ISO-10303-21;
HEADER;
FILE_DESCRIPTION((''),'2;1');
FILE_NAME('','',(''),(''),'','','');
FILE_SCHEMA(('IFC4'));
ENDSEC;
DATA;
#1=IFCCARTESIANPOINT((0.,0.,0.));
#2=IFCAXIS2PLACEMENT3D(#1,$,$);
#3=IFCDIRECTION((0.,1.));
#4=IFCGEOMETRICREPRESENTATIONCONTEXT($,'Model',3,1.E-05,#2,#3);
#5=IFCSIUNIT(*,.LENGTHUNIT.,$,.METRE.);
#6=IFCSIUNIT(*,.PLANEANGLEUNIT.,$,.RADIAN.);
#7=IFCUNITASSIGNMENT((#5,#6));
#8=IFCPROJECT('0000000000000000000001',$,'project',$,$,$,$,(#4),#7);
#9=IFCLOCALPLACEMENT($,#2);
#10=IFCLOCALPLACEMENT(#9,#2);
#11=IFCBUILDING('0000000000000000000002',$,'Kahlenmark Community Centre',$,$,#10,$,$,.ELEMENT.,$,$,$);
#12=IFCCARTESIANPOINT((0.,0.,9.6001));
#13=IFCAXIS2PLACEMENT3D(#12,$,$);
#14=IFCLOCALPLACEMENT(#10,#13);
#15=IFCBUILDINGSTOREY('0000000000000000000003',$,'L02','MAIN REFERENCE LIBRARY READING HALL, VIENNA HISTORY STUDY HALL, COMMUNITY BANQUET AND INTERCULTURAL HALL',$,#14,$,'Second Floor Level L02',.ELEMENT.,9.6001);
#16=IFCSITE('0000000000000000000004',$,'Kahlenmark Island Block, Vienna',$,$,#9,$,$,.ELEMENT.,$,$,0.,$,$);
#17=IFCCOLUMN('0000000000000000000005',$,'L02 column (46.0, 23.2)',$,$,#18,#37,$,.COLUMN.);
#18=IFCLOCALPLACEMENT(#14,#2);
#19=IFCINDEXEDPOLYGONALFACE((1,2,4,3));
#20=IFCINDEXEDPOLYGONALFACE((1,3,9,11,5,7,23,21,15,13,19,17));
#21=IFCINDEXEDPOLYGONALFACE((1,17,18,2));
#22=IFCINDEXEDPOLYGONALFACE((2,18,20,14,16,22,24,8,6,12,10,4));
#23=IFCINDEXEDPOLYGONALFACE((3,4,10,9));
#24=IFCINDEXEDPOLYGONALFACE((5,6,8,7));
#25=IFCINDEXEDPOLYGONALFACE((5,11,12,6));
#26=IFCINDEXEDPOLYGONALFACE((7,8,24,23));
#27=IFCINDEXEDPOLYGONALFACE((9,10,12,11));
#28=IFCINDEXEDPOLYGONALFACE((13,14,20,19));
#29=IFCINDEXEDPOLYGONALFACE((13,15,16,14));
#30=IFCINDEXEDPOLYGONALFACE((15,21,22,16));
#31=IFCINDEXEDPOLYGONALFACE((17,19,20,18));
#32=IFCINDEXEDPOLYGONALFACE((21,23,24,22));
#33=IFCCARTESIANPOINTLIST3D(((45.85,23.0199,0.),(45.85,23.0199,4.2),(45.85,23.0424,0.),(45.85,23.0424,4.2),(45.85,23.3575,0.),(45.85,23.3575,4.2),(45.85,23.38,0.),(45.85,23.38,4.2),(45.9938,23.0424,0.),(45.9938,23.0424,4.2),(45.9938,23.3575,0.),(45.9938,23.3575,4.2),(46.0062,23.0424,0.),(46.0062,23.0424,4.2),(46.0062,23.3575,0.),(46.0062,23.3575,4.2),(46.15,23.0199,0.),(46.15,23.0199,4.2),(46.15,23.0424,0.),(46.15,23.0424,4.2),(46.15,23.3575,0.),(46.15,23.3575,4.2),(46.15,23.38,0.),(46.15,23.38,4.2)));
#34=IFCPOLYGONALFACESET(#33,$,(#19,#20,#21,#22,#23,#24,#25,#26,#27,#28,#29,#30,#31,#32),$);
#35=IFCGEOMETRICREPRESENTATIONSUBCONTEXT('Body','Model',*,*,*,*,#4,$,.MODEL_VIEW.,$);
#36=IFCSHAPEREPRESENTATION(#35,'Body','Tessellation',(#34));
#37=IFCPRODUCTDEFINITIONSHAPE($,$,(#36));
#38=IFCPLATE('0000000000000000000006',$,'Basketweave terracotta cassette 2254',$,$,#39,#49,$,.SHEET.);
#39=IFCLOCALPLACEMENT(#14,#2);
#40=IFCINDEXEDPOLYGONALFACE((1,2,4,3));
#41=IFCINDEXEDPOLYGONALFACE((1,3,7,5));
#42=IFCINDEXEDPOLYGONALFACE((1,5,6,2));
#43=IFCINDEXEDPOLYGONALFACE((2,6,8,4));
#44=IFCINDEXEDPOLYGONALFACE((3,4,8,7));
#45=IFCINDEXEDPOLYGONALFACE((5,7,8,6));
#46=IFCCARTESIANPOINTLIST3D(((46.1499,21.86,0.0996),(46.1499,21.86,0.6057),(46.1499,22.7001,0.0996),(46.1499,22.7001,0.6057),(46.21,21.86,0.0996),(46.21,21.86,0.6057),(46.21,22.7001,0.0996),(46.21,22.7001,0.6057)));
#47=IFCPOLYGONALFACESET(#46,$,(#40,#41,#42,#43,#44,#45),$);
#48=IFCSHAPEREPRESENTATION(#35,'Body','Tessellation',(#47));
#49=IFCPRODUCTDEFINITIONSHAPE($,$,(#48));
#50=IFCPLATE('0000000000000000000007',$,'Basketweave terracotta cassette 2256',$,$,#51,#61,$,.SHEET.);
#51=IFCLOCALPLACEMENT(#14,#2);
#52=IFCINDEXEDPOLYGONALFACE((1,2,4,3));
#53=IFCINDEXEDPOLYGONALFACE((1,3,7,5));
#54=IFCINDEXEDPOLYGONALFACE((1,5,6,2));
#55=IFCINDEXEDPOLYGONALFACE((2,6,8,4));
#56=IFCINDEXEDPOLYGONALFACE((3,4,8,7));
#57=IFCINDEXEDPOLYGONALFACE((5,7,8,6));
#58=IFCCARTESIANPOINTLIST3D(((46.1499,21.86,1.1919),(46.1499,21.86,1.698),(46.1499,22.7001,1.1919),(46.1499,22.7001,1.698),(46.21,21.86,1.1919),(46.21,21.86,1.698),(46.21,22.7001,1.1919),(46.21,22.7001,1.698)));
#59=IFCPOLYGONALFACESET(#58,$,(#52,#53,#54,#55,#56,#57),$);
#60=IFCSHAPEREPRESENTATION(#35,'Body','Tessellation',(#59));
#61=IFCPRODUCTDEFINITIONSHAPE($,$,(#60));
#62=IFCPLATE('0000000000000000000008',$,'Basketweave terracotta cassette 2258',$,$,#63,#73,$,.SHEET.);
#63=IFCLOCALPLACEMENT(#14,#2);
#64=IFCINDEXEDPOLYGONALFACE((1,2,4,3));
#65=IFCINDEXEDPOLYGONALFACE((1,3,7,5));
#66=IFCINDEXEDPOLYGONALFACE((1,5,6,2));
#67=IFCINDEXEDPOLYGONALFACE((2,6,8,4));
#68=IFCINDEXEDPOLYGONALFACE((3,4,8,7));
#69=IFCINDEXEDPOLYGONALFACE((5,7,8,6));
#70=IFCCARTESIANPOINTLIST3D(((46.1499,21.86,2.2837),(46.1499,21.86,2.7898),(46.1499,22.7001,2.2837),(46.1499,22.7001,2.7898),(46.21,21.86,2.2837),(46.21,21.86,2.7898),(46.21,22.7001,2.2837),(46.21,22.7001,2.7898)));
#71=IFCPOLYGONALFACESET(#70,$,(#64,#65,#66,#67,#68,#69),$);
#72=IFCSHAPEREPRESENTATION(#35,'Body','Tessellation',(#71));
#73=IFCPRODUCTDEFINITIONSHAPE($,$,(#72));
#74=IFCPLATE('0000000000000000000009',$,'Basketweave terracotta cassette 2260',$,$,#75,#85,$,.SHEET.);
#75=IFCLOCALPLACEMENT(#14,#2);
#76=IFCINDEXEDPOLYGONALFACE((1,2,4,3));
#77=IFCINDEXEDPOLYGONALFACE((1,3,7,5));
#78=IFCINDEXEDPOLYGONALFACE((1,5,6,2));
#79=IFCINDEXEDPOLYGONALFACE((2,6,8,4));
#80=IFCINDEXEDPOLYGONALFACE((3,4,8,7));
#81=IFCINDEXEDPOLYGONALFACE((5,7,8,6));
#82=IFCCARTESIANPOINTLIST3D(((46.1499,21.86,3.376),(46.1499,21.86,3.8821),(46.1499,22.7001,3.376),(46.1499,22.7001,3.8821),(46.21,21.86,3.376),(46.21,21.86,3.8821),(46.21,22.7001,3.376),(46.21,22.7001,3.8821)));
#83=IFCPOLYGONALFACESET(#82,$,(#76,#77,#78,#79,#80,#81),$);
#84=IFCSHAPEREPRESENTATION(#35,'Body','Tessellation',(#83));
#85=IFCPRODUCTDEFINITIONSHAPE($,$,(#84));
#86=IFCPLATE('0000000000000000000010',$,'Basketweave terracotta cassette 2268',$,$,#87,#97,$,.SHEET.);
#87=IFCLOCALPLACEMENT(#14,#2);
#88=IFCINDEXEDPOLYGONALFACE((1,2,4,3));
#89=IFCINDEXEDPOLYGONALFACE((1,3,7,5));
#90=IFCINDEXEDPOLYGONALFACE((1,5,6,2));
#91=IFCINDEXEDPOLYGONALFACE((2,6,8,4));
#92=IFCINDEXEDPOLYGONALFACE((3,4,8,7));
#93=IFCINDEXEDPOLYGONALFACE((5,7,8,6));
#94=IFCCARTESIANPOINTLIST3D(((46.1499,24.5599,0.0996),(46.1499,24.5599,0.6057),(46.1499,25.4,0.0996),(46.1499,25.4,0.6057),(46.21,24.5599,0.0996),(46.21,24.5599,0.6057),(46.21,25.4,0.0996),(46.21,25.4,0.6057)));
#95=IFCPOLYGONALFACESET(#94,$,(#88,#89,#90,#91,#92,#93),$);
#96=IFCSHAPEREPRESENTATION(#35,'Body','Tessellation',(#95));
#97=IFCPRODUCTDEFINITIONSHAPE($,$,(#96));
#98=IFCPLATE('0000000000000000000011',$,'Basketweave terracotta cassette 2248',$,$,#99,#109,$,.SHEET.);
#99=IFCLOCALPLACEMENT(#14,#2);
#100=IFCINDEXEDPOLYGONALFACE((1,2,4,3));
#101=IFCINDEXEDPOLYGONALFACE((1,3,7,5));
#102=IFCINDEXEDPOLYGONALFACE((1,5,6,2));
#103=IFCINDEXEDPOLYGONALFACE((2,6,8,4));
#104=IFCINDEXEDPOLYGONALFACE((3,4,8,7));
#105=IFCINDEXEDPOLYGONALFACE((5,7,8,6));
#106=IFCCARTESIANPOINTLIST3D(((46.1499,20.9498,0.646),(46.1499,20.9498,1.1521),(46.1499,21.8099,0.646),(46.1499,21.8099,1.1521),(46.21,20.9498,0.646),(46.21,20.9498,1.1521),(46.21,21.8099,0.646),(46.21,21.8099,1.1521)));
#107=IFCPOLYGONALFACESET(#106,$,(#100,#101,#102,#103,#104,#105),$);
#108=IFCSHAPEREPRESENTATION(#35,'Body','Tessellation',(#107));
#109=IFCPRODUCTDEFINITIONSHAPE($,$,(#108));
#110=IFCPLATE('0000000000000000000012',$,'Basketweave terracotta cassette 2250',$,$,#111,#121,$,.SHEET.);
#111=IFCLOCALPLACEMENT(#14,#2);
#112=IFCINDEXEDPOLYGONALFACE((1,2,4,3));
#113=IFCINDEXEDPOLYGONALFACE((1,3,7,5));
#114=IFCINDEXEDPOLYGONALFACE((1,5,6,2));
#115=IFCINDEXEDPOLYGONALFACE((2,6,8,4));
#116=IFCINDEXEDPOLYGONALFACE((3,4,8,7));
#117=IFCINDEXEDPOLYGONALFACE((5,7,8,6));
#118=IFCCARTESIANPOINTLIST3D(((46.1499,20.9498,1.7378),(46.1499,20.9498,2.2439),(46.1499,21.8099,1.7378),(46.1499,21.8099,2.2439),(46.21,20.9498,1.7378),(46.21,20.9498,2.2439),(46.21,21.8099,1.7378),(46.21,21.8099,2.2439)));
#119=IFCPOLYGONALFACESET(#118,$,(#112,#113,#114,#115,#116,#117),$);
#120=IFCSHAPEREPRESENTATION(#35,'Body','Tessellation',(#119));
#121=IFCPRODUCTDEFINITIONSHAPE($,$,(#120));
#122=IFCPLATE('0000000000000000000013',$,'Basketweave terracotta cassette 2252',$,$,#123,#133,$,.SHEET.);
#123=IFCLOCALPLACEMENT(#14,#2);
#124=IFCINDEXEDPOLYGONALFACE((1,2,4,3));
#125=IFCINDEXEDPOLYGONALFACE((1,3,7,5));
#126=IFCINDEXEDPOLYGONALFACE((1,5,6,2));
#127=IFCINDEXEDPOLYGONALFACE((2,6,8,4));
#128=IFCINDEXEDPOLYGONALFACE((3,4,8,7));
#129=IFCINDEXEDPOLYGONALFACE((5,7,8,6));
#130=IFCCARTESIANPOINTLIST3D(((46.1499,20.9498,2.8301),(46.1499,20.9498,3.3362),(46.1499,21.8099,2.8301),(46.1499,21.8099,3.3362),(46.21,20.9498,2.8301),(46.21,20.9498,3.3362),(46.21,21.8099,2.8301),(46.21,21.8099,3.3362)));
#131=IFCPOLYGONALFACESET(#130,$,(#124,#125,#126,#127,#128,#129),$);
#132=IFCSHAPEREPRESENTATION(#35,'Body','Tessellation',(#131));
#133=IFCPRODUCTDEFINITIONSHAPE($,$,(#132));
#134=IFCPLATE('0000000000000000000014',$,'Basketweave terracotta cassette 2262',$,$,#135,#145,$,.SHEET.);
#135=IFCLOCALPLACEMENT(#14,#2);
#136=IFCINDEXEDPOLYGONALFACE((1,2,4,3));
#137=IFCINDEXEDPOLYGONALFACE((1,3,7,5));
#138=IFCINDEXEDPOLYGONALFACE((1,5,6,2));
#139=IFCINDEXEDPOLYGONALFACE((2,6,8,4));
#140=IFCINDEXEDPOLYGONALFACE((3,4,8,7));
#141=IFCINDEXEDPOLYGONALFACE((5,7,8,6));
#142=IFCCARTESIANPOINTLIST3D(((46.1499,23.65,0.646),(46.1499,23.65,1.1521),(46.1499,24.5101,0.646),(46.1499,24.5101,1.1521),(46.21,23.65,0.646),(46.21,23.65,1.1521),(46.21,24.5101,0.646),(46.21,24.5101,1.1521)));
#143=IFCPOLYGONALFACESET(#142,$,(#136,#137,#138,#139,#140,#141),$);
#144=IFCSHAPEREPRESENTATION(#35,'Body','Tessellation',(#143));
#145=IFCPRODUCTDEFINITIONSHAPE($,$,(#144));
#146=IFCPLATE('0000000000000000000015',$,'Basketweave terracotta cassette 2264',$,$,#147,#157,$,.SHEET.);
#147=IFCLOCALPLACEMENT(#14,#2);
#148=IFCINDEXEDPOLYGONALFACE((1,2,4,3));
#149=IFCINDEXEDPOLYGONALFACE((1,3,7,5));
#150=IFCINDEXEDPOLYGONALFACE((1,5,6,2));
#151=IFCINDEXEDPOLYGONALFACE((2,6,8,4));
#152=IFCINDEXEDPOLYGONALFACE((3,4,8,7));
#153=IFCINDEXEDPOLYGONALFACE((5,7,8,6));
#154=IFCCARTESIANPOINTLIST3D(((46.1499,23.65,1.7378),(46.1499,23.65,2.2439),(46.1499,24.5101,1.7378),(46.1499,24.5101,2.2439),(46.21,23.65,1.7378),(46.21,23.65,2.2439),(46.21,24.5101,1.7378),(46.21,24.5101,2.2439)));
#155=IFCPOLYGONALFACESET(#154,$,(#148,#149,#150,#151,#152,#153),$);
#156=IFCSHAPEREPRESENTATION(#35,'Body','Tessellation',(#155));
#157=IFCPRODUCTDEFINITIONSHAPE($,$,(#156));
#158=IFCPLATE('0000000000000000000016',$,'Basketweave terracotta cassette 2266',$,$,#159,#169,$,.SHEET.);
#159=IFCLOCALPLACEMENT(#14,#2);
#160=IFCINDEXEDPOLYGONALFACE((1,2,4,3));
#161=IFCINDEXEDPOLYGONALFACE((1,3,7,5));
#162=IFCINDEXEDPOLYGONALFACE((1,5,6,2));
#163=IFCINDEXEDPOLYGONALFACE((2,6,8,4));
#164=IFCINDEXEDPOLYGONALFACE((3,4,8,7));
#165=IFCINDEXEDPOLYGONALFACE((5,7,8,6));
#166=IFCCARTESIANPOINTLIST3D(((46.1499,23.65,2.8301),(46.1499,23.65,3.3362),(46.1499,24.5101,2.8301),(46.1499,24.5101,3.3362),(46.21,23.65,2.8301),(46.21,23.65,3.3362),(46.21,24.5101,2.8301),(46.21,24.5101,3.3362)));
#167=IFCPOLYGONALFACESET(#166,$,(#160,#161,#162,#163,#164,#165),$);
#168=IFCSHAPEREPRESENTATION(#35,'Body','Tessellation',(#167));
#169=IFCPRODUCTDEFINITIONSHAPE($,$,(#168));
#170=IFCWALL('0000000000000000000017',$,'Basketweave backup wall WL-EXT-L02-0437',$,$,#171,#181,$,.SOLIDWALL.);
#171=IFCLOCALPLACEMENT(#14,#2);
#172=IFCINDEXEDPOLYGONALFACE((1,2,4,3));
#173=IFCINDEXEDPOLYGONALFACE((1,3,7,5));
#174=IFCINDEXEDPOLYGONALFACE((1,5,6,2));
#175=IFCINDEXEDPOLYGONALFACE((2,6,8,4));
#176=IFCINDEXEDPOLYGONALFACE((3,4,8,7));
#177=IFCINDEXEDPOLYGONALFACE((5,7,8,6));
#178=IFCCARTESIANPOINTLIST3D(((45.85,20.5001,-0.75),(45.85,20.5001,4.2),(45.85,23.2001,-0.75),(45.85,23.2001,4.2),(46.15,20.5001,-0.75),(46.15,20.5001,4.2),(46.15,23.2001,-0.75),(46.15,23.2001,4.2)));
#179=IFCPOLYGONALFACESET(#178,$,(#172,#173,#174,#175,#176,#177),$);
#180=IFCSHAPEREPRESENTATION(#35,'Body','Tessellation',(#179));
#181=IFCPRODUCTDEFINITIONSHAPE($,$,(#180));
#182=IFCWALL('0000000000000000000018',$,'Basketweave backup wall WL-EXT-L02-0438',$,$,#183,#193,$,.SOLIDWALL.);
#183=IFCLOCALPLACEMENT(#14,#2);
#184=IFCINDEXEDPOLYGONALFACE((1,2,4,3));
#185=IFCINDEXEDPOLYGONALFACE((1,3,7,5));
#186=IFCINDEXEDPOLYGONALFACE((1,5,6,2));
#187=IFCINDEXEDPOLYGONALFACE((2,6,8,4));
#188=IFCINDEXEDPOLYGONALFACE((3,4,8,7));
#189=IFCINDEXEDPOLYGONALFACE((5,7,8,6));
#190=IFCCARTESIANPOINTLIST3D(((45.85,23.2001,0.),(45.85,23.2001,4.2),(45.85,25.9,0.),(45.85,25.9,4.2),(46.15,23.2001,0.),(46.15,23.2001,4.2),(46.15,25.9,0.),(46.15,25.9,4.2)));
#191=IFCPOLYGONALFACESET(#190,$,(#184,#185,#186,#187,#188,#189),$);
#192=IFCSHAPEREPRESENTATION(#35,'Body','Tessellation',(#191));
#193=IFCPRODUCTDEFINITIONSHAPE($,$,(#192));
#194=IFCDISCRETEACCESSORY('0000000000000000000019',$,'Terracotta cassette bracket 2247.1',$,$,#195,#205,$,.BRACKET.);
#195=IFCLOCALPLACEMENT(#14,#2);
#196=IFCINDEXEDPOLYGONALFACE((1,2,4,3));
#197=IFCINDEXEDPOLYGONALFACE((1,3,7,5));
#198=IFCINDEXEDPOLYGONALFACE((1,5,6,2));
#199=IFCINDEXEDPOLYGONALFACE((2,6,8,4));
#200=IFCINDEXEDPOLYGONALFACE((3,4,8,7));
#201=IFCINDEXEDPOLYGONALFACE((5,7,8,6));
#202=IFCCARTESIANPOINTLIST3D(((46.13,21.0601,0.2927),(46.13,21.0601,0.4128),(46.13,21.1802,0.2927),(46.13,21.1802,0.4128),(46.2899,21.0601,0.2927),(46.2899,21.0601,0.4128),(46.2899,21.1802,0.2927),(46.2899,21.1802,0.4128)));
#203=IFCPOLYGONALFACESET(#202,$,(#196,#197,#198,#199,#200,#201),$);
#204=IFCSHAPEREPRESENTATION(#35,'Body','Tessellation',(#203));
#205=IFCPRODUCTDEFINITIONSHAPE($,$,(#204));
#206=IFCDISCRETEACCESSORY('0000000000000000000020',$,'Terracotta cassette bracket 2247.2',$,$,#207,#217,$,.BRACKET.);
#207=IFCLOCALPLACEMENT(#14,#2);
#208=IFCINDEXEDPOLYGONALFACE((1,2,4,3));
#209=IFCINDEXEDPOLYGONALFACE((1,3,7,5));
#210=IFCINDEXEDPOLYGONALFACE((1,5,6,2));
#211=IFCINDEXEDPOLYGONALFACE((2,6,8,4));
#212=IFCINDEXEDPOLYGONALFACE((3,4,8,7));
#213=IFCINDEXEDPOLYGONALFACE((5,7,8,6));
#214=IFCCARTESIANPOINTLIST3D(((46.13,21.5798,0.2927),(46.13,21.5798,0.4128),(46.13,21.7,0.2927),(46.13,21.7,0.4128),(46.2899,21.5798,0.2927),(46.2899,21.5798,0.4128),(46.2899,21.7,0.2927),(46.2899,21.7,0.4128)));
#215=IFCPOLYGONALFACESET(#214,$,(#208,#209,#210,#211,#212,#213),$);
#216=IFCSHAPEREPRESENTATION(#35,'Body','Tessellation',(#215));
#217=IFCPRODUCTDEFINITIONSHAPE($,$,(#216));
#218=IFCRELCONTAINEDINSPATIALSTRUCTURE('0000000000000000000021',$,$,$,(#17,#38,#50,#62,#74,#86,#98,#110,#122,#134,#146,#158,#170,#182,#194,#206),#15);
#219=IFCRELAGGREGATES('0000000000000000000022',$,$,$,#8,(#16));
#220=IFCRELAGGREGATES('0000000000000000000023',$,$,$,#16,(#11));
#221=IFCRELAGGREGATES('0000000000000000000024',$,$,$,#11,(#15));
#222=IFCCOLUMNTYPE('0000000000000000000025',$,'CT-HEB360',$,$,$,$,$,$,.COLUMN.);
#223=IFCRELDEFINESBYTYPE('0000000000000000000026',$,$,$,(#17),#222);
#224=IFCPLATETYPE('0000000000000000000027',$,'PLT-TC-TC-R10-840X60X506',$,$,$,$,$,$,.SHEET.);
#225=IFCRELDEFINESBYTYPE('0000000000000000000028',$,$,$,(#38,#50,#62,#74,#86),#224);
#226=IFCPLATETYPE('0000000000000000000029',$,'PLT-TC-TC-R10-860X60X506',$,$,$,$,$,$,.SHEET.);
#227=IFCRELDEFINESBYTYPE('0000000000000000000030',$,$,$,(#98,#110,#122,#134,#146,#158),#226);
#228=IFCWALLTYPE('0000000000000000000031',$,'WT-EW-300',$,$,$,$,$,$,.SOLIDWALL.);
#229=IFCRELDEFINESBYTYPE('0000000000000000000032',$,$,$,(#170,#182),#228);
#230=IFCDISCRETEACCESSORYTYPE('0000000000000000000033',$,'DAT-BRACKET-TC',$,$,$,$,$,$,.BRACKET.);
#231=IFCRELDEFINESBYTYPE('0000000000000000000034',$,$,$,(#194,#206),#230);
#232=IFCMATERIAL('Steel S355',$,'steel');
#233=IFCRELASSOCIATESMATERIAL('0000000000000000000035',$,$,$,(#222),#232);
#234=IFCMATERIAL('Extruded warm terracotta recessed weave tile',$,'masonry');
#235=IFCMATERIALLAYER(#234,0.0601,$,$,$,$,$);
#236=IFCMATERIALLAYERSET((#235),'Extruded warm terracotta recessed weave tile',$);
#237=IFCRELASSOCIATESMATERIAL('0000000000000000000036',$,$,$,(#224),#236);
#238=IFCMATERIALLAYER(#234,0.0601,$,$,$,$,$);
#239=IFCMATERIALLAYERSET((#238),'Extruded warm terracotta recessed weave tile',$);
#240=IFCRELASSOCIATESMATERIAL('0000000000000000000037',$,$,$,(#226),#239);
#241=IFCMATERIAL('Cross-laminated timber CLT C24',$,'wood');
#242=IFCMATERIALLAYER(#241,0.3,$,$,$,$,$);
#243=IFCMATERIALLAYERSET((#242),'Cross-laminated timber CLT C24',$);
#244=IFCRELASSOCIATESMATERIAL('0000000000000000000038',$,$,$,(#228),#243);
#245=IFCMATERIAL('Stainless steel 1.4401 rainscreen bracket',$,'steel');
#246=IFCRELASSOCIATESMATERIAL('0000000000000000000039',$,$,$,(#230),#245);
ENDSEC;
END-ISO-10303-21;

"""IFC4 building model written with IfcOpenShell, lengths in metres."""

from ifc_helpers import new_model, si_unit, direction, frame, frame_2d, origin, origin_2d, place, context, subcontext, project, spatial, rectangle, i_section, extrude, material, layer, layer_set, material_profile, profile_set, type_object, element, save


model = new_model("IFC4")

# Units and contexts
model_context = context("Model", 3, precision=1e-05, world=origin(), true_north=direction((0.0, 1.0)))
body_context = subcontext(model_context, "Body", "Model", "MODEL_VIEW")
ifc_project = project(units=[si_unit("LENGTHUNIT", "METRE"), si_unit("PLANEANGLEUNIT", "RADIAN")], contexts=[model_context])

# Site, building, storey
site_placement = place(None, origin())
site = spatial("IfcSite", under=ifc_project, at=site_placement, Name="Kahlenmark Island Block, Vienna", CompositionType="ELEMENT", RefElevation=0.0)
building_placement = place(site_placement, origin())
building = spatial("IfcBuilding", under=site, at=building_placement, Name="Kahlenmark Community Centre", CompositionType="ELEMENT")
storey_placement = place(building_placement, frame((0.0, 0.0, 9.6001)))
storey = spatial("IfcBuildingStorey", under=building, at=storey_placement, Name="L02", Description="MAIN REFERENCE LIBRARY READING HALL, VIENNA HISTORY STUDY HALL, COMMUNITY BANQUET AND INTERCULTURAL HALL", LongName="Second Floor Level L02", CompositionType="ELEMENT", Elevation=9.6001)

# Column
ifc_material_1 = material(Name="Steel S355", Category="steel")
ifc_material_profile = material_profile(ifc_material_1, i_section(OverallWidth=0.3, OverallDepth=0.3601, WebThickness=0.0125, FlangeThickness=0.0225, at=origin_2d()), Name="HEB 360")
ifc_profile_set = profile_set([ifc_material_profile], Name="Steel S355")
column_type = type_object("IfcColumnType", Name="CT-HEB360", PredefinedType="COLUMN", material=ifc_profile_set)
column_placement = place(storey_placement, frame((46.0, 23.2, 0.0), z_axis=(0.0, 0.0, 1.0), x_axis=(1.0, 0.0, 0.0)))
element("IfcColumn", 1, at=column_placement, inside=storey, type_object=column_type, Name="L02 column (46.0, 23.2)", PredefinedType="COLUMN", context=body_context, shape_type="SweptSolid", body=[
    extrude(i_section(OverallWidth=0.3, OverallDepth=0.3601, WebThickness=0.0125, FlangeThickness=0.0225, at=origin_2d()), origin(), (0.0, 0.0, 1.0), 4.2),
])

# Plates
ifc_material_2 = material(Name="Extruded warm terracotta recessed weave tile", Category="masonry")
ifc_layer_1 = layer(ifc_material_2, 0.0601)
ifc_layer_set_1 = layer_set([ifc_layer_1], Name="Extruded warm terracotta recessed weave tile")
plate_type_1 = type_object("IfcPlateType", Name="PLT-TC-TC-R10-840X60X506", PredefinedType="SHEET", material=ifc_layer_set_1)
for number, where, z_axis, x_axis, name in (
    (2, (46.1799, 22.28, 0.0996), (0.0, 0.0, 1.0), (0.0, 1.0, 0.0), "Basketweave terracotta cassette 2254"),
    (3, (46.1799, 22.28, 1.1919), (0.0, 0.0, 1.0), (0.0, 1.0, 0.0), "Basketweave terracotta cassette 2256"),
    (4, (46.1799, 22.28, 2.2837), (0.0, 0.0, 1.0), (0.0, 1.0, 0.0), "Basketweave terracotta cassette 2258"),
    (5, (46.1799, 22.28, 3.376), (0.0, 0.0, 1.0), (0.0, 1.0, 0.0), "Basketweave terracotta cassette 2260"),
    (6, (46.1799, 24.98, 0.0996), (0.0, 0.0, 1.0), (0.0, 1.0, 0.0), "Basketweave terracotta cassette 2268"),
):
    element("IfcPlate", number, at=place(storey_placement, frame(where, z_axis=z_axis, x_axis=x_axis)), inside=storey, type_object=plate_type_1, Name=name, PredefinedType="SHEET", context=body_context, shape_type="SweptSolid", body=[
        extrude(rectangle(XDim=0.8401, YDim=0.0601, at=origin_2d()), origin(), (0.0, 0.0, 1.0), 0.5061),
    ])
ifc_layer_2 = layer(ifc_material_2, 0.0601)
ifc_layer_set_2 = layer_set([ifc_layer_2], Name="Extruded warm terracotta recessed weave tile")
plate_type_2 = type_object("IfcPlateType", Name="PLT-TC-TC-R10-860X60X506", PredefinedType="SHEET", material=ifc_layer_set_2)
for number, where, z_axis, x_axis, name in (
    (7, (46.1799, 21.3799, 0.646), (0.0, 0.0, 1.0), (0.0, 1.0, 0.0), "Basketweave terracotta cassette 2248"),
    (8, (46.1799, 21.3799, 1.7378), (0.0, 0.0, 1.0), (0.0, 1.0, 0.0), "Basketweave terracotta cassette 2250"),
    (9, (46.1799, 21.3799, 2.8301), (0.0, 0.0, 1.0), (0.0, 1.0, 0.0), "Basketweave terracotta cassette 2252"),
    (10, (46.1799, 24.0801, 0.646), (0.0, 0.0, 1.0), (0.0, 1.0, 0.0), "Basketweave terracotta cassette 2262"),
    (11, (46.1799, 24.0801, 1.7378), (0.0, 0.0, 1.0), (0.0, 1.0, 0.0), "Basketweave terracotta cassette 2264"),
    (12, (46.1799, 24.0801, 2.8301), (0.0, 0.0, 1.0), (0.0, 1.0, 0.0), "Basketweave terracotta cassette 2266"),
):
    element("IfcPlate", number, at=place(storey_placement, frame(where, z_axis=z_axis, x_axis=x_axis)), inside=storey, type_object=plate_type_2, Name=name, PredefinedType="SHEET", context=body_context, shape_type="SweptSolid", body=[
        extrude(rectangle(XDim=0.8601, YDim=0.0601, at=origin_2d()), origin(), (0.0, 0.0, 1.0), 0.5061),
    ])

# Walls
ifc_material_3 = material(Name="Cross-laminated timber CLT C24", Category="wood")
ifc_layer_3 = layer(ifc_material_3, 0.3)
ifc_layer_set_3 = layer_set([ifc_layer_3], Name="Cross-laminated timber CLT C24")
wall_type = type_object("IfcWallType", Name="WT-EW-300", PredefinedType="SOLIDWALL", material=ifc_layer_set_3)
wall_1_placement = place(storey_placement, frame((46.0, 20.5, -0.75), z_axis=(0.0, 0.0, 1.0), x_axis=(0.0, 1.0, 0.0)))
element("IfcWall", 13, at=wall_1_placement, inside=storey, type_object=wall_type, Name="Basketweave backup wall WL-EXT-L02-0437", PredefinedType="SOLIDWALL", context=body_context, shape_type="SweptSolid", body=[
    extrude(rectangle(XDim=2.7, YDim=0.3, at=frame_2d((1.3501, 0.0))), origin(), (0.0, 0.0, 1.0), 4.95),
])
wall_2_placement = place(storey_placement, frame((46.0, 23.2, 0.0), z_axis=(0.0, 0.0, 1.0), x_axis=(0.0, 1.0, 0.0)))
element("IfcWall", 14, at=wall_2_placement, inside=storey, type_object=wall_type, Name="Basketweave backup wall WL-EXT-L02-0438", PredefinedType="SOLIDWALL", context=body_context, shape_type="SweptSolid", body=[
    extrude(rectangle(XDim=2.7, YDim=0.3, at=frame_2d((1.3501, 0.0))), origin(), (0.0, 0.0, 1.0), 4.2),
])

# Discrete accessories
ifc_material_4 = material(Name="Stainless steel 1.4401 rainscreen bracket", Category="steel")
discrete_accessory_type = type_object("IfcDiscreteAccessoryType", Name="DAT-BRACKET-TC", PredefinedType="BRACKET", material=ifc_material_4)
for number, where, z_axis, x_axis, name in (
    (15, (46.21, 21.1201, 0.2927), (0.0, 0.0, 1.0), (0.0, 1.0, 0.0), "Terracotta cassette bracket 2247.1"),
    (16, (46.21, 21.6399, 0.2927), (0.0, 0.0, 1.0), (0.0, 1.0, 0.0), "Terracotta cassette bracket 2247.2"),
):
    element("IfcDiscreteAccessory", number, at=place(storey_placement, frame(where, z_axis=z_axis, x_axis=x_axis)), inside=storey, type_object=discrete_accessory_type, Name=name, PredefinedType="BRACKET", context=body_context, shape_type="SweptSolid", body=[
        extrude(rectangle(XDim=0.1201, YDim=0.1599, at=origin_2d()), origin(), (0.0, 0.0, 1.0), 0.1201),
    ])

save(model, "model.ifc")
